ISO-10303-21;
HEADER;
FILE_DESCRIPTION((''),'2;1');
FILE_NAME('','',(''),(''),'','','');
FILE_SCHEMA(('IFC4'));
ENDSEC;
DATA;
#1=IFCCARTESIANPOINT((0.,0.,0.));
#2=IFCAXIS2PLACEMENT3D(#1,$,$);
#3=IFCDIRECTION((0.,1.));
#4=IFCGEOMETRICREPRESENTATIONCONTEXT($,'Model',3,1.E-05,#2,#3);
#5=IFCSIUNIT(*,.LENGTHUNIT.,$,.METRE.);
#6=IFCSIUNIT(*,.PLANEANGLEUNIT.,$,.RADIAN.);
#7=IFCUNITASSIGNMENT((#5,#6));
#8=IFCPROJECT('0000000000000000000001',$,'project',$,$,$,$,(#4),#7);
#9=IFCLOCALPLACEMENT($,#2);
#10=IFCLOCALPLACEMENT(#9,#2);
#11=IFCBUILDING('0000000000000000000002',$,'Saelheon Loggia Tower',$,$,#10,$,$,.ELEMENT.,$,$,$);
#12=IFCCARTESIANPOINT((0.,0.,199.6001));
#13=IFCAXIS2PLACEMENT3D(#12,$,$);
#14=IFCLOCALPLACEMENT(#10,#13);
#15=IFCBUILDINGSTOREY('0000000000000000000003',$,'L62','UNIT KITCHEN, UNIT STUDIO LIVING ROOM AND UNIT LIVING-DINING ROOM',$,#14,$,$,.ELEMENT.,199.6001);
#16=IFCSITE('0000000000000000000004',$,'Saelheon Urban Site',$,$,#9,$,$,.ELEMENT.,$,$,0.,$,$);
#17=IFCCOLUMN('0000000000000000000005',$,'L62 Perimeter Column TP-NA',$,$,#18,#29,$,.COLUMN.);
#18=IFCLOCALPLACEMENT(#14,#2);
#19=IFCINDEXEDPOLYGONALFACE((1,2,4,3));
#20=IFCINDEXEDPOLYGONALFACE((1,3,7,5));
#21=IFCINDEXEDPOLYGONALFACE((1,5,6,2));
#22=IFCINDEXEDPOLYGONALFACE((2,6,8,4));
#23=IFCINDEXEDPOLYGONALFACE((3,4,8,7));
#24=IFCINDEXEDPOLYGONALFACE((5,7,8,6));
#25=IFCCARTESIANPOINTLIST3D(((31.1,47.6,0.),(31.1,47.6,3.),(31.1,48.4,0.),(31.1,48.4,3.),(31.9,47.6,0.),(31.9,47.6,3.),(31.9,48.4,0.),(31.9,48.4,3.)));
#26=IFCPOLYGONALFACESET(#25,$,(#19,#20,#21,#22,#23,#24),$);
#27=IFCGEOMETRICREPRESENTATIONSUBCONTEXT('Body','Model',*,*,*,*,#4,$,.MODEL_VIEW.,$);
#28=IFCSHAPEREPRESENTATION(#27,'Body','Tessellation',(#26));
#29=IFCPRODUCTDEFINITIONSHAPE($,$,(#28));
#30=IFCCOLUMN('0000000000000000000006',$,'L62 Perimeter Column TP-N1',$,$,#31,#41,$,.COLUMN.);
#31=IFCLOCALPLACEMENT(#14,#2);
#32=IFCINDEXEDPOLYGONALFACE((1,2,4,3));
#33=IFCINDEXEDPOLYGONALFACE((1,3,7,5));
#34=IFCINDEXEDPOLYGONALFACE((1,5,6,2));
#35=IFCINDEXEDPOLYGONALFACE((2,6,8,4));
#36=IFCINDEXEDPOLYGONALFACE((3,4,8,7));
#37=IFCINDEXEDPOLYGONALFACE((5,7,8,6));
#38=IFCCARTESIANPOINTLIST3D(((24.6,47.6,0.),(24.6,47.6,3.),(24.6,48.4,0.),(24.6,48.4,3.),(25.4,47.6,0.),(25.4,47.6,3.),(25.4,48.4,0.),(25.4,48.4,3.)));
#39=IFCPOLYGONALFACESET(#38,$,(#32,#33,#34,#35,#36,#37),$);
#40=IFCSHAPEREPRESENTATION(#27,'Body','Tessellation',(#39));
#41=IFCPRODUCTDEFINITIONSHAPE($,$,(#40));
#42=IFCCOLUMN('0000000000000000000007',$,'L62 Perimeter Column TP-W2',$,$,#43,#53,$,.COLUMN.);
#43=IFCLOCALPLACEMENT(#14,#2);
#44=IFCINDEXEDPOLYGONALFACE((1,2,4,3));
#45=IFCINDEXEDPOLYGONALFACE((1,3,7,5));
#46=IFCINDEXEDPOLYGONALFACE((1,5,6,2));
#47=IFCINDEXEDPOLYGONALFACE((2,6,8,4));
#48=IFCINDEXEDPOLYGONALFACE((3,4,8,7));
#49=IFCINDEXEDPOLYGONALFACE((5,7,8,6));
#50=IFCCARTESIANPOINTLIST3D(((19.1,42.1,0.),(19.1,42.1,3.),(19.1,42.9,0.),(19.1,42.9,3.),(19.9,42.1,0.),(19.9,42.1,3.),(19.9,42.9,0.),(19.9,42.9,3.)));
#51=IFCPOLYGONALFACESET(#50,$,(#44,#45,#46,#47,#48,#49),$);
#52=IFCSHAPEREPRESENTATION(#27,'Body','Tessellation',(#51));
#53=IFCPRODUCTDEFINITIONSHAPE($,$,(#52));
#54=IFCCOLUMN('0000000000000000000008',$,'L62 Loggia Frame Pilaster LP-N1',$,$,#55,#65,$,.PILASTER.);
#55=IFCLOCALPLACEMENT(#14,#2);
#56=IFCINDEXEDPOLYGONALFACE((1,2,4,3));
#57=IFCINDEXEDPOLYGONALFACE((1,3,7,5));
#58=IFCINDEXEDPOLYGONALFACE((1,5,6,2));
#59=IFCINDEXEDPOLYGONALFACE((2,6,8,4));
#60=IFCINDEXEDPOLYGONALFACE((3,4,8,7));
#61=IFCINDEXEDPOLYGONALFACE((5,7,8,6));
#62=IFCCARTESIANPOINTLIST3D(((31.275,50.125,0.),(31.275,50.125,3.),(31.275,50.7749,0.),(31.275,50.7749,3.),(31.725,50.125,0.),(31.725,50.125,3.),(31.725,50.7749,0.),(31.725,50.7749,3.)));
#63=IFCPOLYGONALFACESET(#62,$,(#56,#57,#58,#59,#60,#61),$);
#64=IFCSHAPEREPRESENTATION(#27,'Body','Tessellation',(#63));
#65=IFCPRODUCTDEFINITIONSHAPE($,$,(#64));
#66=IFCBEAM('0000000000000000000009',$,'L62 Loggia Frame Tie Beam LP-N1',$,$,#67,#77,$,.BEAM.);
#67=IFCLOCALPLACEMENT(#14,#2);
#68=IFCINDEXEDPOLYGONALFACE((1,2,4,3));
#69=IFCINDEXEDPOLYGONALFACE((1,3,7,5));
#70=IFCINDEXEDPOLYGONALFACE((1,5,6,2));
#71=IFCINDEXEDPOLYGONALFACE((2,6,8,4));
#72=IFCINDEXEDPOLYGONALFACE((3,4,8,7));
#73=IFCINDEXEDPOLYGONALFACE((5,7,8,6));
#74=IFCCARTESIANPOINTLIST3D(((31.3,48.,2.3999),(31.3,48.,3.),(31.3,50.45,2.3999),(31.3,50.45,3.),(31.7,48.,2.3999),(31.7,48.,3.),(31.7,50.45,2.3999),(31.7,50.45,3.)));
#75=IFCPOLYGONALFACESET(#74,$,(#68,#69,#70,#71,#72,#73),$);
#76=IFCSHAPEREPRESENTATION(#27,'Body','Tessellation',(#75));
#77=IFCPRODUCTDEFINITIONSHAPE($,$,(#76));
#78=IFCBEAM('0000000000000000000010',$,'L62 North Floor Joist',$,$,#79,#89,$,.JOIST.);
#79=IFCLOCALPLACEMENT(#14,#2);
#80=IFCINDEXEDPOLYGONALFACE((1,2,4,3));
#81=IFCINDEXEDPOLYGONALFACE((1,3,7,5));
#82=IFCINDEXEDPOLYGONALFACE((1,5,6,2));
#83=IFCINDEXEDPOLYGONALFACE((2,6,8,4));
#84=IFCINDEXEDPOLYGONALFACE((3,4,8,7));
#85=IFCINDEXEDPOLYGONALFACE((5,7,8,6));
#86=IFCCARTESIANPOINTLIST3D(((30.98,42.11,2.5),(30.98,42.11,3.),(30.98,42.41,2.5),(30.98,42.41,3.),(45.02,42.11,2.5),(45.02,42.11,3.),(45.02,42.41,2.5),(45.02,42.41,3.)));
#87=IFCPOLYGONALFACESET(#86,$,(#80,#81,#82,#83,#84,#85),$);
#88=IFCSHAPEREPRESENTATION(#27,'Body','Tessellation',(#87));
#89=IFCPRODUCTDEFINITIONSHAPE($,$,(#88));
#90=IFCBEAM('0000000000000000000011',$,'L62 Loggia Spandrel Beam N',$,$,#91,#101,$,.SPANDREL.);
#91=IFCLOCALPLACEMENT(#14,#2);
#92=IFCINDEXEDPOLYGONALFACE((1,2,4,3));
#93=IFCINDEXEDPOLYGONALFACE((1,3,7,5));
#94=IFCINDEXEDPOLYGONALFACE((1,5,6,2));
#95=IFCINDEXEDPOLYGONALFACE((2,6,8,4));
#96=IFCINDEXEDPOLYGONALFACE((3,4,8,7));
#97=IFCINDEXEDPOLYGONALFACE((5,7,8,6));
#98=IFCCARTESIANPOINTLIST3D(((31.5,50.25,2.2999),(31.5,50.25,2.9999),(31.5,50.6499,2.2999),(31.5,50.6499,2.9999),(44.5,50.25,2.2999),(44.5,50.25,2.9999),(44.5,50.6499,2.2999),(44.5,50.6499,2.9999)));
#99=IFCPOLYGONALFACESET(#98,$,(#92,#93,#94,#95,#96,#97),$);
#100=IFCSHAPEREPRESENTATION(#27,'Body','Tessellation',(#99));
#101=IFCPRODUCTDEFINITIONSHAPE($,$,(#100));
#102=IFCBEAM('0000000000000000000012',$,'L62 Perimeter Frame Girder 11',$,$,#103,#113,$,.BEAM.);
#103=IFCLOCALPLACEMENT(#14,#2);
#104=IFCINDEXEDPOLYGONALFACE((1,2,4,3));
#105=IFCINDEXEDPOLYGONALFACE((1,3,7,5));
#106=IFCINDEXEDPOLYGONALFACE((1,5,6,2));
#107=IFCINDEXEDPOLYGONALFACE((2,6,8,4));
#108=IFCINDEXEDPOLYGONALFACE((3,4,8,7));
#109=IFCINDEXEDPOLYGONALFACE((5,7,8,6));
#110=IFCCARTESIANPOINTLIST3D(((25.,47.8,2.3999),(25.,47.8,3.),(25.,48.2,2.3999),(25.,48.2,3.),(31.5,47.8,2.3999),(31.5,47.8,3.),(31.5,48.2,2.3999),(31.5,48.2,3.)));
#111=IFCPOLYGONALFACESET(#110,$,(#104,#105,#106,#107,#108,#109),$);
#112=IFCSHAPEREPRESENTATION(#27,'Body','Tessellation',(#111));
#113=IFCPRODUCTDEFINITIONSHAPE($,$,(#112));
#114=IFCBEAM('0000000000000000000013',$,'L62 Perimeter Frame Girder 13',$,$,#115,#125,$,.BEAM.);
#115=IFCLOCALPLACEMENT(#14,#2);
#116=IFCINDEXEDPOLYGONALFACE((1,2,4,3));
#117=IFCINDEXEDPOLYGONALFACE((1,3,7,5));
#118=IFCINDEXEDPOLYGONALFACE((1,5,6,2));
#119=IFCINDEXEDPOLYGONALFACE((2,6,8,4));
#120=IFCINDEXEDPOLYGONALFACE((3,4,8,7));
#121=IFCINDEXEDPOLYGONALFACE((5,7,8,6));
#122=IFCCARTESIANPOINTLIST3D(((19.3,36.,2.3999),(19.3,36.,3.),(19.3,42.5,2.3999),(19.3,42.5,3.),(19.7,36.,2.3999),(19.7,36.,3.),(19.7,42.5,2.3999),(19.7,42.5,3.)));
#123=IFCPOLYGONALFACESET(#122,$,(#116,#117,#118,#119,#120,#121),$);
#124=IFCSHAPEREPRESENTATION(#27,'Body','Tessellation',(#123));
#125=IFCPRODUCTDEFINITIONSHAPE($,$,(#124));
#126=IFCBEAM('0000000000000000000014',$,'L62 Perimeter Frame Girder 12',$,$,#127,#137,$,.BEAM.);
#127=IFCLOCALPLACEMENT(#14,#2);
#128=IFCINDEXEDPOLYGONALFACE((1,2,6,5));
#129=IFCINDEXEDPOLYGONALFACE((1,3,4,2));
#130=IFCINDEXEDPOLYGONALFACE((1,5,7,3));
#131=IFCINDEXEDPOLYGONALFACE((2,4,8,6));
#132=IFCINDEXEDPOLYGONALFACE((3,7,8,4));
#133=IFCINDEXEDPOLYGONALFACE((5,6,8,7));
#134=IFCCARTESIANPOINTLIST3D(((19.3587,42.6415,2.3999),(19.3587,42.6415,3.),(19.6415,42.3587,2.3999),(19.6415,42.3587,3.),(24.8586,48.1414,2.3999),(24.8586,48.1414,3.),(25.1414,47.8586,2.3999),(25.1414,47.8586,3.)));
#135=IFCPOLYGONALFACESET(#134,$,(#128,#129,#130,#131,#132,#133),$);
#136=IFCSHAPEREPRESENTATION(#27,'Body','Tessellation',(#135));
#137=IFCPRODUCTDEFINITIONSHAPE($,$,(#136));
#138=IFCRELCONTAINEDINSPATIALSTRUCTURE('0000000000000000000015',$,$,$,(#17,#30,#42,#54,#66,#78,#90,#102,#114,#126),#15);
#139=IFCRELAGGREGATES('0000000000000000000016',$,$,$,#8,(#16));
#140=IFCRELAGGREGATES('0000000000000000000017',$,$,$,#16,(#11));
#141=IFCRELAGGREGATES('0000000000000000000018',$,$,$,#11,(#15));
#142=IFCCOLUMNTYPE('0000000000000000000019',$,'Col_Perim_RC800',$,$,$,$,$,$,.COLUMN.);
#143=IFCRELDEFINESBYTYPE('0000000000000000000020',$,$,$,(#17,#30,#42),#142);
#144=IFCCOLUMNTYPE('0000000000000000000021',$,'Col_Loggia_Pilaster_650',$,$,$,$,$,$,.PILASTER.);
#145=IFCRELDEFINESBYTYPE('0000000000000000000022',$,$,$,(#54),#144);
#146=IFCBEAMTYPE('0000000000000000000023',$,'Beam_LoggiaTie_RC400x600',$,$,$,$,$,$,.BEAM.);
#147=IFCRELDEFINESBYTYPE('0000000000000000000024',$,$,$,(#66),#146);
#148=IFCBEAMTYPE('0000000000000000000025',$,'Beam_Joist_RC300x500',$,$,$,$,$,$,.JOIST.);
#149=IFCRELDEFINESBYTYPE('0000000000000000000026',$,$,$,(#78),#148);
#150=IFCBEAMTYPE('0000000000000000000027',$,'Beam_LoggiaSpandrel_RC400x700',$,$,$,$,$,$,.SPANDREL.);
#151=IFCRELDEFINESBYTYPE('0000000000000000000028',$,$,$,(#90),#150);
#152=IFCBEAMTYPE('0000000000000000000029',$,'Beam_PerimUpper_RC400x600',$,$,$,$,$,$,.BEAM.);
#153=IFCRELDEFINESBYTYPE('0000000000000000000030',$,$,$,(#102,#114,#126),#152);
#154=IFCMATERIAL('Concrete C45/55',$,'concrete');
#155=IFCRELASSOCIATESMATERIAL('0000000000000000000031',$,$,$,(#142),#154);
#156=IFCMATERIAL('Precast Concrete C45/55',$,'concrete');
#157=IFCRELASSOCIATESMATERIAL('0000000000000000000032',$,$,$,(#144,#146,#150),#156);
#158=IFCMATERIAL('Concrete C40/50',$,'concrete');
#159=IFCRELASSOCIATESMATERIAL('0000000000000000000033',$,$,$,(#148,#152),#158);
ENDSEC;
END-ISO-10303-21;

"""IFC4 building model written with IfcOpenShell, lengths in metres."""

from ifc_helpers import new_model, si_unit, direction, frame, origin, origin_2d, place, context, subcontext, project, spatial, rectangle, extrude, source, transform, mapped, material, material_profile, profile_set, type_object, element, save


model = new_model("IFC4")

# Units and contexts
model_context = context("Model", 3, precision=1e-05, world=origin(), true_north=direction((0.0, 1.0)))
body_context = subcontext(model_context, "Body", "Model", "MODEL_VIEW")
ifc_project = project(units=[si_unit("LENGTHUNIT", "METRE"), si_unit("PLANEANGLEUNIT", "RADIAN")], contexts=[model_context])

# Site, building, storey
site_placement = place(None, origin())
site = spatial("IfcSite", under=ifc_project, at=site_placement, Name="Saelheon Urban Site", CompositionType="ELEMENT", RefElevation=0.0)
building_placement = place(site_placement, origin())
building = spatial("IfcBuilding", under=site, at=building_placement, Name="Saelheon Loggia Tower", CompositionType="ELEMENT")
storey_placement = place(building_placement, frame((0.0, 0.0, 199.6001)))
storey = spatial("IfcBuildingStorey", under=building, at=storey_placement, Name="L62", Description="UNIT KITCHEN, UNIT STUDIO LIVING ROOM AND UNIT LIVING-DINING ROOM", CompositionType="ELEMENT", Elevation=199.6001)

# Columns
ifc_material_1 = material(Name="Concrete C45/55", Category="concrete")
ifc_material_profile_1 = material_profile(ifc_material_1, rectangle(XDim=0.8, YDim=0.8, at=origin_2d()), Name="RC-800x800")
ifc_profile_set_1 = profile_set([ifc_material_profile_1], Name="Concrete C45/55")
column_type_1 = type_object("IfcColumnType", Name="Col_Perim_RC800", PredefinedType="COLUMN", material=ifc_profile_set_1)
shared_shape_1 = source(origin(), body_context, "Body", "SweptSolid", [
    extrude(rectangle(XDim=0.8, YDim=0.8, at=origin_2d()), origin(), (0.0, 0.0, 1.0), 3.0),
])
for number, where, z_axis, x_axis, name in (
    (1, (31.5, 48.0, 0.0), (0.0, 0.0, 1.0), (1.0, 0.0, 0.0), "L62 Perimeter Column TP-NA"),
    (2, (25.0, 48.0, 0.0), (0.0, 0.0, 1.0), (1.0, 0.0, 0.0), "L62 Perimeter Column TP-N1"),
    (3, (19.5, 42.5, 0.0), (0.0, 0.0, 1.0), (1.0, 0.0, 0.0), "L62 Perimeter Column TP-W2"),
):
    element("IfcColumn", number, at=place(storey_placement, frame(where, z_axis=z_axis, x_axis=x_axis)), inside=storey, type_object=column_type_1, Name=name, PredefinedType="COLUMN", context=body_context, shape_type="MappedRepresentation", body=[
        mapped(shared_shape_1, transform((0.0, 0.0, 0.0), scale=1.0)),
    ])
ifc_material_2 = material(Name="Precast Concrete C45/55", Category="concrete")
ifc_material_profile_2 = material_profile(ifc_material_2, rectangle(XDim=0.45, YDim=0.6499, at=origin_2d()), Name="RC-450x650")
ifc_profile_set_2 = profile_set([ifc_material_profile_2], Name="Precast Concrete C45/55")
column_type_2 = type_object("IfcColumnType", Name="Col_Loggia_Pilaster_650", PredefinedType="PILASTER", material=ifc_profile_set_2)
shared_shape_2 = source(origin(), body_context, "Body", "SweptSolid", [
    extrude(rectangle(XDim=0.45, YDim=0.6499, at=origin_2d()), origin(), (0.0, 0.0, 1.0), 3.0),
])
column_placement = place(storey_placement, frame((31.5, 50.45, 0.0), z_axis=(0.0, 0.0, 1.0), x_axis=(1.0, 0.0, 0.0)))
element("IfcColumn", 4, at=column_placement, inside=storey, type_object=column_type_2, Name="L62 Loggia Frame Pilaster LP-N1", PredefinedType="PILASTER", context=body_context, shape_type="MappedRepresentation", body=[
    mapped(shared_shape_2, transform((0.0, 0.0, 0.0), scale=1.0)),
])

# Beams
ifc_material_profile_3 = material_profile(ifc_material_2, rectangle(XDim=0.3999, YDim=0.6001, at=origin_2d()), Name="RC-400x600")
ifc_profile_set_3 = profile_set([ifc_material_profile_3], Name="Precast Concrete C45/55")
beam_type_1 = type_object("IfcBeamType", Name="Beam_LoggiaTie_RC400x600", PredefinedType="BEAM", material=ifc_profile_set_3)
shared_shape_3 = source(origin(), body_context, "Body", "SweptSolid", [
    extrude(rectangle(XDim=0.3999, YDim=0.6001, at=origin_2d()), origin(), (0.0, 0.0, 1.0), 2.45),
])
beam_1_placement = place(storey_placement, frame((31.5, 48.0, 2.7), z_axis=(0.0, 1.0, 0.0), x_axis=(-1.0, 0.0, 0.0)))
element("IfcBeam", 5, at=beam_1_placement, inside=storey, type_object=beam_type_1, Name="L62 Loggia Frame Tie Beam LP-N1", PredefinedType="BEAM", context=body_context, shape_type="MappedRepresentation", body=[
    mapped(shared_shape_3, transform((0.0, 0.0, 0.0), scale=1.0)),
])
ifc_material_3 = material(Name="Concrete C40/50", Category="concrete")
ifc_material_profile_4 = material_profile(ifc_material_3, rectangle(XDim=0.3, YDim=0.5, at=origin_2d()), Name="RC-300x500")
ifc_profile_set_4 = profile_set([ifc_material_profile_4], Name="Concrete C40/50")
beam_type_2 = type_object("IfcBeamType", Name="Beam_Joist_RC300x500", PredefinedType="JOIST", material=ifc_profile_set_4)
shared_shape_4 = source(origin(), body_context, "Body", "SweptSolid", [
    extrude(rectangle(XDim=0.3, YDim=0.5, at=origin_2d()), origin(), (0.0, 0.0, 1.0), 14.04),
])
beam_2_placement = place(storey_placement, frame((30.98, 42.26, 2.75), z_axis=(1.0, 0.0, 0.0), x_axis=(0.0, 1.0, 0.0)))
element("IfcBeam", 6, at=beam_2_placement, inside=storey, type_object=beam_type_2, Name="L62 North Floor Joist", PredefinedType="JOIST", context=body_context, shape_type="MappedRepresentation", body=[
    mapped(shared_shape_4, transform((0.0, 0.0, 0.0), scale=1.0)),
])
ifc_material_profile_5 = material_profile(ifc_material_2, rectangle(XDim=0.3999, YDim=0.7, at=origin_2d()), Name="RC-400x700")
ifc_profile_set_5 = profile_set([ifc_material_profile_5], Name="Precast Concrete C45/55")
beam_type_3 = type_object("IfcBeamType", Name="Beam_LoggiaSpandrel_RC400x700", PredefinedType="SPANDREL", material=ifc_profile_set_5)
shared_shape_5 = source(origin(), body_context, "Body", "SweptSolid", [
    extrude(rectangle(XDim=0.3999, YDim=0.7, at=origin_2d()), origin(), (0.0, 0.0, 1.0), 13.0),
])
beam_3_placement = place(storey_placement, frame((31.5, 50.45, 2.6499), z_axis=(1.0, 0.0, 0.0), x_axis=(0.0, 1.0, 0.0)))
element("IfcBeam", 7, at=beam_3_placement, inside=storey, type_object=beam_type_3, Name="L62 Loggia Spandrel Beam N", PredefinedType="SPANDREL", context=body_context, shape_type="MappedRepresentation", body=[
    mapped(shared_shape_5, transform((0.0, 0.0, 0.0), scale=1.0)),
])
ifc_material_profile_6 = material_profile(ifc_material_3, rectangle(XDim=0.3999, YDim=0.6001, at=origin_2d()), Name="RC-400x600")
ifc_profile_set_6 = profile_set([ifc_material_profile_6], Name="Concrete C40/50")
beam_type_4 = type_object("IfcBeamType", Name="Beam_PerimUpper_RC400x600", PredefinedType="BEAM", material=ifc_profile_set_6)
shared_shape_6 = source(origin(), body_context, "Body", "SweptSolid", [
    extrude(rectangle(XDim=0.3999, YDim=0.6001, at=origin_2d()), origin(), (0.0, 0.0, 1.0), 6.5),
])
for number, where, z_axis, x_axis, name in (
    (8, (31.5, 48.0, 2.7), (-1.0, 0.0, 0.0), (0.0, -1.0, 0.0), "L62 Perimeter Frame Girder 11"),
    (9, (19.5, 42.5, 2.7), (0.0, -1.0, 0.0), (1.0, 0.0, 0.0), "L62 Perimeter Frame Girder 13"),
):
    element("IfcBeam", number, at=place(storey_placement, frame(where, z_axis=z_axis, x_axis=x_axis)), inside=storey, type_object=beam_type_4, Name=name, PredefinedType="BEAM", context=body_context, shape_type="MappedRepresentation", body=[
        mapped(shared_shape_6, transform((0.0, 0.0, 0.0), scale=1.0)),
    ])
shared_shape_7 = source(origin(), body_context, "Body", "SweptSolid", [
    extrude(rectangle(XDim=0.3999, YDim=0.6001, at=origin_2d()), origin(), (0.0, 0.0, 1.0), 7.7781),
])
beam_4_placement = place(storey_placement, frame((25.0, 48.0, 2.7), z_axis=(-0.707107, -0.707107, 0.0), x_axis=(0.707107, -0.707107, 0.0)))
element("IfcBeam", 10, at=beam_4_placement, inside=storey, type_object=beam_type_4, Name="L62 Perimeter Frame Girder 12", PredefinedType="BEAM", context=body_context, shape_type="MappedRepresentation", body=[
    mapped(shared_shape_7, transform((0.0, 0.0, 0.0), scale=1.0)),
])

save(model, "model.ifc")
